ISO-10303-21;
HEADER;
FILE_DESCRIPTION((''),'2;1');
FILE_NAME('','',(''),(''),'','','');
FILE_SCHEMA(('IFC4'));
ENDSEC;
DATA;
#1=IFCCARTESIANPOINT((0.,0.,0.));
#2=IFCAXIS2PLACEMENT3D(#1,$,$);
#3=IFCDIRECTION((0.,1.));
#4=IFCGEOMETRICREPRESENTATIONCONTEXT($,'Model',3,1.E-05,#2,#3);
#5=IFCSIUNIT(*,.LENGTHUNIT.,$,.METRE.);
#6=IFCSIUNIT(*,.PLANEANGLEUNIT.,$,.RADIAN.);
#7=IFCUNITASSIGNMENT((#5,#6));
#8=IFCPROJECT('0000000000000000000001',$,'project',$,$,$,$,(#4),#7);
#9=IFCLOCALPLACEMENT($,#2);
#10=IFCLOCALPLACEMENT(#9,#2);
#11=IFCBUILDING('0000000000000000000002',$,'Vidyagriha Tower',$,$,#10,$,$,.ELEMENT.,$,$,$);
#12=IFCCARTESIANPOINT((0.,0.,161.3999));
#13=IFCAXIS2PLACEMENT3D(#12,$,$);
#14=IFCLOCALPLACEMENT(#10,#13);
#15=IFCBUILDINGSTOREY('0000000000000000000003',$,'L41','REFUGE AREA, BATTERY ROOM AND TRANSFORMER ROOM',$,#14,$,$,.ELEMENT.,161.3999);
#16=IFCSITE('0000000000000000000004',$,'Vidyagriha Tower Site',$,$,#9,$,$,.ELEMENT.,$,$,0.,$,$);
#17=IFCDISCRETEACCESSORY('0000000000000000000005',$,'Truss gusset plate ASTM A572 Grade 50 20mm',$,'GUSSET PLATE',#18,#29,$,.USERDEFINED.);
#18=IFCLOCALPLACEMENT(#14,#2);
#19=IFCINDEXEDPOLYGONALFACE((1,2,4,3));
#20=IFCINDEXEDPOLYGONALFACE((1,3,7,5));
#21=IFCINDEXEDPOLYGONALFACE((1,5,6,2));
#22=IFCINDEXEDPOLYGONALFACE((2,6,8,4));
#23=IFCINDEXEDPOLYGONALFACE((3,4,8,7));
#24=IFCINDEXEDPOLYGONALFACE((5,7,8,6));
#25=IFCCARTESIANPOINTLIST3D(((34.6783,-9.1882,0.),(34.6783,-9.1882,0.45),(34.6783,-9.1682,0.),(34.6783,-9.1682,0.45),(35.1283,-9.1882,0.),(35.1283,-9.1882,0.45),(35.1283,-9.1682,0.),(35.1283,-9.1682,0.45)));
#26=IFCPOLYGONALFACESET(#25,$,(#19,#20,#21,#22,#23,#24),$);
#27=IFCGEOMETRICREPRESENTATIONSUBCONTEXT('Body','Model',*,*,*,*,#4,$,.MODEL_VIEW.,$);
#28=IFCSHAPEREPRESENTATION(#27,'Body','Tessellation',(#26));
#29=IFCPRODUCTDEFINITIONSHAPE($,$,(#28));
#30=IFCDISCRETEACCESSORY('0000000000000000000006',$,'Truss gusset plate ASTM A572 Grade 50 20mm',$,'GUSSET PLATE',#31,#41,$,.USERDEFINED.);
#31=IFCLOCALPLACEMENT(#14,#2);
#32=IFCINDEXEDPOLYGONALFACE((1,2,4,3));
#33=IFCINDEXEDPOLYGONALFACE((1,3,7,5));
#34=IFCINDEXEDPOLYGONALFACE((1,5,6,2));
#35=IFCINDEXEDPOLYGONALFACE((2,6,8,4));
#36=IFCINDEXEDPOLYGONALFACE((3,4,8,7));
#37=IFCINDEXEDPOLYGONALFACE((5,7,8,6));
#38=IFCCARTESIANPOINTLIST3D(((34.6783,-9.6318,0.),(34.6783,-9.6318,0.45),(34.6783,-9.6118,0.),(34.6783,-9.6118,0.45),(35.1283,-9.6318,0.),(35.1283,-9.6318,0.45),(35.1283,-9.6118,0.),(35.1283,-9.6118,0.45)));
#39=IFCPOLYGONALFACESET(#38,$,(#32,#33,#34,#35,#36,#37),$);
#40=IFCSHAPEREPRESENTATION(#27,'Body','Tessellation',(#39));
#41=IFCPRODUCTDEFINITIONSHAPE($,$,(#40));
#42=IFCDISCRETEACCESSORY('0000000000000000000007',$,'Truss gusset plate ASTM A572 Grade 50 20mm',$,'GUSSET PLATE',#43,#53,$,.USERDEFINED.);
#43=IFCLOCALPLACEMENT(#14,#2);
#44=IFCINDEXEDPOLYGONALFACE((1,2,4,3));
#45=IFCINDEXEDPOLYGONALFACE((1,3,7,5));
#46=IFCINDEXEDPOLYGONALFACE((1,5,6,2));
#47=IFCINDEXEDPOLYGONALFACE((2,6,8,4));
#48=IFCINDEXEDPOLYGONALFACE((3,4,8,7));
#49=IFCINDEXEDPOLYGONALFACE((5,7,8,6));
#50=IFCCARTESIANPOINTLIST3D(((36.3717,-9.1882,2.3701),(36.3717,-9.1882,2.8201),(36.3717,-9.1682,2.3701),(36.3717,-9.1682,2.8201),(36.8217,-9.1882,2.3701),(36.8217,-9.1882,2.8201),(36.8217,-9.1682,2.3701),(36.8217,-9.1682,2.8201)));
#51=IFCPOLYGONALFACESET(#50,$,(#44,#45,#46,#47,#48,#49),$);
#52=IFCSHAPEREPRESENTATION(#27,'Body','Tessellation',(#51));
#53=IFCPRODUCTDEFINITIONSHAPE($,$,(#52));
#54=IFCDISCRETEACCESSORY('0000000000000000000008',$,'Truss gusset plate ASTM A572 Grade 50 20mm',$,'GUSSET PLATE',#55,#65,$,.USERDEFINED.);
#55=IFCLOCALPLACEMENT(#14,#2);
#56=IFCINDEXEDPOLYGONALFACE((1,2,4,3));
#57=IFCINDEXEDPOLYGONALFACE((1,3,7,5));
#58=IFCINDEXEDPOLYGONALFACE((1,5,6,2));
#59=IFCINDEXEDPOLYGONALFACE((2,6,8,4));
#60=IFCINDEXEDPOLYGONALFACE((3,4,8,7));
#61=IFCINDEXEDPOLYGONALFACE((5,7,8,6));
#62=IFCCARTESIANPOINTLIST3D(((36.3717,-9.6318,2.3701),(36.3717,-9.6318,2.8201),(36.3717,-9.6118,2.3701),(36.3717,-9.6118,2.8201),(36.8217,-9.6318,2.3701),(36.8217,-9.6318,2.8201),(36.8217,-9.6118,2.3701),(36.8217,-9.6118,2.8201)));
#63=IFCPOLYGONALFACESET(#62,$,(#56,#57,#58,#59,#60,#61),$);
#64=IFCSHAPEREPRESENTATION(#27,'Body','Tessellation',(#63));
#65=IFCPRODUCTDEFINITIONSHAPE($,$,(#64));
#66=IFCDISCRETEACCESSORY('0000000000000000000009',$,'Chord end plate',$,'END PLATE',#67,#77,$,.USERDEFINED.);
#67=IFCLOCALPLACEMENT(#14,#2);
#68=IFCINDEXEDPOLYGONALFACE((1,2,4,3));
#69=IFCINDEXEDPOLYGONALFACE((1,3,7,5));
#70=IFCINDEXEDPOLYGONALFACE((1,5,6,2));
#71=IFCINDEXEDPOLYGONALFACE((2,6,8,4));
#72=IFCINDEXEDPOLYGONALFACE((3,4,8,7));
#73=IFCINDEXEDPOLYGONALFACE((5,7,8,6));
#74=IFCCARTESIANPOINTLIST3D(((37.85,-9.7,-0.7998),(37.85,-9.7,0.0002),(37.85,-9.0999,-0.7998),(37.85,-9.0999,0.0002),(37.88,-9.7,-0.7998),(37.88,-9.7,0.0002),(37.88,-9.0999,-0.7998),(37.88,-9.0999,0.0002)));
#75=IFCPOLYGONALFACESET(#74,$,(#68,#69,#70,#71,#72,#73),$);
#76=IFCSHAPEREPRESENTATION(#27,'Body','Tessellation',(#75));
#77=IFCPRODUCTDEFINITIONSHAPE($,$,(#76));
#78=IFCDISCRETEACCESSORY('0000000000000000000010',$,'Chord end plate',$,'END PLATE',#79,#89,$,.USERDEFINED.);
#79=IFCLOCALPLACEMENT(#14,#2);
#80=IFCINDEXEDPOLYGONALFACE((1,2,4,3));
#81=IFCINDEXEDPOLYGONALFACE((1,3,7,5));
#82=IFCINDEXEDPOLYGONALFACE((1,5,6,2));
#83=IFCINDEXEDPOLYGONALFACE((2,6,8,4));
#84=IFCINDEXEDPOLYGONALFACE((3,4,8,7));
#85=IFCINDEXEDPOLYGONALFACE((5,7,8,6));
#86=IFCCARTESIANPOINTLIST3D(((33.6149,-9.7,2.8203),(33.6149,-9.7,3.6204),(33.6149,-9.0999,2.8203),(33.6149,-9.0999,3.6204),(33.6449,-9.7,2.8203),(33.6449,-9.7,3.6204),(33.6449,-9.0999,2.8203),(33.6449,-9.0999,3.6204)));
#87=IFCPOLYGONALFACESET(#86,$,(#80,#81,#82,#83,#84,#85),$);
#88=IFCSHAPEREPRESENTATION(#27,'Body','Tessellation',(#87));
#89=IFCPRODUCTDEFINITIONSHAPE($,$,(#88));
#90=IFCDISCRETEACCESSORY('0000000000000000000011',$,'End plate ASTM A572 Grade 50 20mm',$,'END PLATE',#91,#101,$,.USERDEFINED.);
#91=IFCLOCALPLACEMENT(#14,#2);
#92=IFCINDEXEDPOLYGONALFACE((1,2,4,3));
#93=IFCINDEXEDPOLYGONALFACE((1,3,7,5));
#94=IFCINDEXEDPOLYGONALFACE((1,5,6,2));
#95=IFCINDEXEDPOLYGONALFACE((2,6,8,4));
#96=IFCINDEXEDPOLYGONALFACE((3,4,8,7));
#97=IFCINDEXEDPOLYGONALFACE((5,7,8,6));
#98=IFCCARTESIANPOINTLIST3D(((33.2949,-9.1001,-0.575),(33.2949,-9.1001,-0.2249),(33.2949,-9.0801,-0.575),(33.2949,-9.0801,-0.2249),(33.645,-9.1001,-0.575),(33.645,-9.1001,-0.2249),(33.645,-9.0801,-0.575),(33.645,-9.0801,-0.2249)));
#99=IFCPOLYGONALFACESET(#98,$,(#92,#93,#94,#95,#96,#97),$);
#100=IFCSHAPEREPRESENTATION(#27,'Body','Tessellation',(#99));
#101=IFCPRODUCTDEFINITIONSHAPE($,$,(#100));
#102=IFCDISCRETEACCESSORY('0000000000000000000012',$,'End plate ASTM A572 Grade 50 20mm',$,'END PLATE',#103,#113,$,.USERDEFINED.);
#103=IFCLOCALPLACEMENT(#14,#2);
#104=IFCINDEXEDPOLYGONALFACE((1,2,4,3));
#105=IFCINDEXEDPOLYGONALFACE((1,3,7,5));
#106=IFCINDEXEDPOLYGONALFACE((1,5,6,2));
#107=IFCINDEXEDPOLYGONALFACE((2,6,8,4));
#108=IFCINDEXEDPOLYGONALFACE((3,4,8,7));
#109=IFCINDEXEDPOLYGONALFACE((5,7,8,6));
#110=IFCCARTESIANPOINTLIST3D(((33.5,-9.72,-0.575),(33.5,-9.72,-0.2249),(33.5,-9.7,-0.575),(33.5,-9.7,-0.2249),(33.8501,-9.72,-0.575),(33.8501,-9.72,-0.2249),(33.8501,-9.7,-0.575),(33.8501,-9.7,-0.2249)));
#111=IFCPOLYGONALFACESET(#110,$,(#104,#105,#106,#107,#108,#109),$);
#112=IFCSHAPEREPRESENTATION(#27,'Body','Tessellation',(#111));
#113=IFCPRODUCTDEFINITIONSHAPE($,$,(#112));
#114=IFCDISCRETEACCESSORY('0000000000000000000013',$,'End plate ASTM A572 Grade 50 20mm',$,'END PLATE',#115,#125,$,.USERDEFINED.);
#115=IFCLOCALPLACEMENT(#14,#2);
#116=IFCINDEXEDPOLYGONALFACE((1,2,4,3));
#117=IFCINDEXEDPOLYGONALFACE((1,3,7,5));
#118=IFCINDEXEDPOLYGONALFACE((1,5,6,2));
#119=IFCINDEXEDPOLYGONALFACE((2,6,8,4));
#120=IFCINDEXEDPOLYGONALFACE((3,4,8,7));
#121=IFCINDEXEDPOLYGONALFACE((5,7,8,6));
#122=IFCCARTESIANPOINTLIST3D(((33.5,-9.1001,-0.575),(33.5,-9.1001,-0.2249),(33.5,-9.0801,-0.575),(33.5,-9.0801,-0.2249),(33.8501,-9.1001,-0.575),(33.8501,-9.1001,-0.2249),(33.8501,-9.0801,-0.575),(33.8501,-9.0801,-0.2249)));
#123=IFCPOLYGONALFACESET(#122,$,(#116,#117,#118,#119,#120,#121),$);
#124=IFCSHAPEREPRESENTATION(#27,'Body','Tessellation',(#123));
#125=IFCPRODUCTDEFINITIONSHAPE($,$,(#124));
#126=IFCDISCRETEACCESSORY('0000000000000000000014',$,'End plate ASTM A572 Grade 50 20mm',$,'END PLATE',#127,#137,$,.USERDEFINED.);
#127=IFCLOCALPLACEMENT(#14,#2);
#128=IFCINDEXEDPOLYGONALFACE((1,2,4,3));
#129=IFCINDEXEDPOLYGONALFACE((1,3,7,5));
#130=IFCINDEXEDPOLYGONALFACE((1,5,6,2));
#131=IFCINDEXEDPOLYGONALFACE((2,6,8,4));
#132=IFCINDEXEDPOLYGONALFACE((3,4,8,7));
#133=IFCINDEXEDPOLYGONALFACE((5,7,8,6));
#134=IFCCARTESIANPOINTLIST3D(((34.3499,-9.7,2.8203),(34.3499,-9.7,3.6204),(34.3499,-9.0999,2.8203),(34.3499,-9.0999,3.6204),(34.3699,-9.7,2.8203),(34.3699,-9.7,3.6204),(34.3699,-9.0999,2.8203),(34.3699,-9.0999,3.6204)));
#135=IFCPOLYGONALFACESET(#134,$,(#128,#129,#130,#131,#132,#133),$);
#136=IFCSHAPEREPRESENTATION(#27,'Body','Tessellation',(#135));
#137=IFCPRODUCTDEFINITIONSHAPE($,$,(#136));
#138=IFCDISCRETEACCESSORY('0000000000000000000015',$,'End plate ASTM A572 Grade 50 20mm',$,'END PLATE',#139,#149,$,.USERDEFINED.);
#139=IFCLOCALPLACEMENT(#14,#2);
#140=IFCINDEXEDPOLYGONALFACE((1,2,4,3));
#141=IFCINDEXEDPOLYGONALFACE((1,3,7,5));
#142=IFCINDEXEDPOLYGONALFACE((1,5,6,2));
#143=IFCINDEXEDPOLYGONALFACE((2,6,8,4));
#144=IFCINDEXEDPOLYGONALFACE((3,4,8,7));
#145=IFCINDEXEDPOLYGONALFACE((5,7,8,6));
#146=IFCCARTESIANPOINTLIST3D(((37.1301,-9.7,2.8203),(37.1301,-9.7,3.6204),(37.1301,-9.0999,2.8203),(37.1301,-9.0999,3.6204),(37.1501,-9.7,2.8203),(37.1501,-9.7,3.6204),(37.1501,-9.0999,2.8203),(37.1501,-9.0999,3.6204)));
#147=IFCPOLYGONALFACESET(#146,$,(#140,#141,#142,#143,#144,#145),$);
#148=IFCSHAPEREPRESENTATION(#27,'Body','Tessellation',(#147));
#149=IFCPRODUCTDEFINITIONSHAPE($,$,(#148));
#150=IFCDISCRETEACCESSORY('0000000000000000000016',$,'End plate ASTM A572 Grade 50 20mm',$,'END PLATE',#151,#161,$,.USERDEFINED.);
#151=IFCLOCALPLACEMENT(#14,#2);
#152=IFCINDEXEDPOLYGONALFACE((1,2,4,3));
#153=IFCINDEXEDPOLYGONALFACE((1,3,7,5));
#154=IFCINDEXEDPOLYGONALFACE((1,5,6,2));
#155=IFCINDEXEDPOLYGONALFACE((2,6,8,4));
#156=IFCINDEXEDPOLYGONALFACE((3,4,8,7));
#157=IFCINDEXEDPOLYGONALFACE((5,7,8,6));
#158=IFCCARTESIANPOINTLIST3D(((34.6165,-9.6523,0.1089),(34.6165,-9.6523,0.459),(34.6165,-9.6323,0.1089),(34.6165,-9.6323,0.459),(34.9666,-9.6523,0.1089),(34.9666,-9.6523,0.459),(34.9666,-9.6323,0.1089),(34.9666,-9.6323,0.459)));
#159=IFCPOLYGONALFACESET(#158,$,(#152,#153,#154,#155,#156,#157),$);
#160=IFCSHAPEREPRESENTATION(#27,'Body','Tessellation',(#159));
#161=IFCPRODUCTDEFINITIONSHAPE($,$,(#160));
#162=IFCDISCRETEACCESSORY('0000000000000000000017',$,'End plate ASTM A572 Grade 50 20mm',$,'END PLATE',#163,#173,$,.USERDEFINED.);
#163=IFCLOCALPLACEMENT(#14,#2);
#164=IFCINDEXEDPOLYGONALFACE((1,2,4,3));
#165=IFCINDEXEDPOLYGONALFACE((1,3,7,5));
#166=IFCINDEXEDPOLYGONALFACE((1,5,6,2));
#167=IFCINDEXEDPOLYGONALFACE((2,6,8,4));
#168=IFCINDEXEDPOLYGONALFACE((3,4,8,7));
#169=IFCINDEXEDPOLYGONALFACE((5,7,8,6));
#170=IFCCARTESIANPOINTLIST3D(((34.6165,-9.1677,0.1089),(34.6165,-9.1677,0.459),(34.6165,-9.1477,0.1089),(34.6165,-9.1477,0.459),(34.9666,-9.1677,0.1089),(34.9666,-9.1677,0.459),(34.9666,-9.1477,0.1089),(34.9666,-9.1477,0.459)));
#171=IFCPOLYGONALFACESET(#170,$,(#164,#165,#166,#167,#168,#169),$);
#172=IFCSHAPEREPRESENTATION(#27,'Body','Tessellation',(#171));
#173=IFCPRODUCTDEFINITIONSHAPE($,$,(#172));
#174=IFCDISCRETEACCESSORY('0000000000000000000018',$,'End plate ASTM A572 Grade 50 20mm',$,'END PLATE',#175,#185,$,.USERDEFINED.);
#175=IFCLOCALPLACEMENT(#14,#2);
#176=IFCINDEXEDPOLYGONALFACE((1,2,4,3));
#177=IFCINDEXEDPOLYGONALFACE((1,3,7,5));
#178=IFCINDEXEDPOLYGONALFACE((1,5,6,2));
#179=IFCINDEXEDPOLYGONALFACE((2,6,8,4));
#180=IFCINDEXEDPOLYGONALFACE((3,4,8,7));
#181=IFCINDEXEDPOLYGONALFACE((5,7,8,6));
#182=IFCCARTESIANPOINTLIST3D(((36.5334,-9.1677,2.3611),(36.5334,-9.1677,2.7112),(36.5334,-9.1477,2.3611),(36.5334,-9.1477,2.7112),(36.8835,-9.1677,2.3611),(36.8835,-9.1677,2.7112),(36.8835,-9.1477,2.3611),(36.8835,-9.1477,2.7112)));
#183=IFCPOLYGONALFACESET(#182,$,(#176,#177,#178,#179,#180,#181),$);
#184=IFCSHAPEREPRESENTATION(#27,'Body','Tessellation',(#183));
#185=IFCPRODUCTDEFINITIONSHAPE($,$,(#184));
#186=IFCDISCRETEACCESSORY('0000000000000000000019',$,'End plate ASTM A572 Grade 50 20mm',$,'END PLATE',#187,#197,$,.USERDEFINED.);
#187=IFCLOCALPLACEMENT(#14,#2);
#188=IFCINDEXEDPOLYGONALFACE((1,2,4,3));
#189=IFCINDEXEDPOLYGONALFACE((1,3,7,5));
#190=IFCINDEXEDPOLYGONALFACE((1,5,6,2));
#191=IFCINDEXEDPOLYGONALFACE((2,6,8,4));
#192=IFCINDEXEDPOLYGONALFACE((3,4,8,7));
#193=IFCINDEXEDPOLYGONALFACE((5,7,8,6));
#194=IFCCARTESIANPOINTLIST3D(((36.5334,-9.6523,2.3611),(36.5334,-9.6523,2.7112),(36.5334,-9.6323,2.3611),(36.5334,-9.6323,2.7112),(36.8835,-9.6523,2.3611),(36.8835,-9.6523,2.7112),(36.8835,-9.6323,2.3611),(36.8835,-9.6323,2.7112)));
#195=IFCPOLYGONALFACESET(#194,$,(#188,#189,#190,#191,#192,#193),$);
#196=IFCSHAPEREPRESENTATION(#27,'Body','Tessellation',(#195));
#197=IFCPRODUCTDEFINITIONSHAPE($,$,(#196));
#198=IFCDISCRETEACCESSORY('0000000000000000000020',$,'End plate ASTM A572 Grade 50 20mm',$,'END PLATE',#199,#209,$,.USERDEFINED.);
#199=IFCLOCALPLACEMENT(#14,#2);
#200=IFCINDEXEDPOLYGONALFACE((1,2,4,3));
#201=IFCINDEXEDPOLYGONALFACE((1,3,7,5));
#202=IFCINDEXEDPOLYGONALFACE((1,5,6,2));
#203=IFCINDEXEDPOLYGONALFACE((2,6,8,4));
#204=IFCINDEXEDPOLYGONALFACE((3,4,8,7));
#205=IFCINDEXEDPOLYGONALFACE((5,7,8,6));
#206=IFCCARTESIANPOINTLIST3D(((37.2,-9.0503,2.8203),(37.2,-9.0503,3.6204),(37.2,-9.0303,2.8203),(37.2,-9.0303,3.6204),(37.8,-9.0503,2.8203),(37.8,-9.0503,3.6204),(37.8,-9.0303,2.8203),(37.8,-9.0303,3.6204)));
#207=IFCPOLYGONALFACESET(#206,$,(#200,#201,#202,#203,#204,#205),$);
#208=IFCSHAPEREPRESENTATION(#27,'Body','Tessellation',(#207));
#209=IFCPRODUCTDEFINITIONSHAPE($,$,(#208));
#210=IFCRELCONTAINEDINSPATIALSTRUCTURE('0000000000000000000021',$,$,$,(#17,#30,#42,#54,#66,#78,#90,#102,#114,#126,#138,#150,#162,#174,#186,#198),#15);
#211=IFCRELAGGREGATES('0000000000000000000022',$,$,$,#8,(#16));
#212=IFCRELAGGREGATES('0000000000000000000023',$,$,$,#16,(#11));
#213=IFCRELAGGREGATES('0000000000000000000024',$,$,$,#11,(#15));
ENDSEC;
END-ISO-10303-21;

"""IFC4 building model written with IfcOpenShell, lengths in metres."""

from ifc_helpers import new_model, si_unit, direction, frame, origin, origin_2d, place, context, subcontext, project, spatial, rectangle, extrude, element, save


model = new_model("IFC4")

# Units and contexts
model_context = context("Model", 3, precision=1e-05, world=origin(), true_north=direction((0.0, 1.0)))
body_context = subcontext(model_context, "Body", "Model", "MODEL_VIEW")
ifc_project = project(units=[si_unit("LENGTHUNIT", "METRE"), si_unit("PLANEANGLEUNIT", "RADIAN")], contexts=[model_context])

# Site, building, storey
site_placement = place(None, origin())
site = spatial("IfcSite", under=ifc_project, at=site_placement, Name="Vidyagriha Tower Site", CompositionType="ELEMENT", RefElevation=0.0)
building_placement = place(site_placement, origin())
building = spatial("IfcBuilding", under=site, at=building_placement, Name="Vidyagriha Tower", CompositionType="ELEMENT")
storey_placement = place(building_placement, frame((0.0, 0.0, 161.3999)))
storey = spatial("IfcBuildingStorey", under=building, at=storey_placement, Name="L41", Description="REFUGE AREA, BATTERY ROOM AND TRANSFORMER ROOM", CompositionType="ELEMENT", Elevation=161.3999)

# Discrete accessories
for number, where, name in (
    (1, (34.9033, -9.1782, 0.0), "Truss gusset plate ASTM A572 Grade 50 20mm"),
    (2, (34.9033, -9.6218, 0.0), "Truss gusset plate ASTM A572 Grade 50 20mm"),
    (3, (36.5967, -9.1782, 2.3701), "Truss gusset plate ASTM A572 Grade 50 20mm"),
    (4, (36.5967, -9.6218, 2.3701), "Truss gusset plate ASTM A572 Grade 50 20mm"),
):
    element("IfcDiscreteAccessory", number, at=place(storey_placement, frame(where)), inside=storey, Name=name, ObjectType="GUSSET PLATE", PredefinedType="USERDEFINED", context=body_context, shape_type="SweptSolid", body=[
        extrude(rectangle(XDim=0.45, YDim=0.02, at=origin_2d()), origin(), (0.0, 0.0, 1.0), 0.45),
    ])
for number, where, name in (
    (5, (37.865, -9.3999, -0.7998), "Chord end plate"),
    (6, (33.6299, -9.3999, 2.8203), "Chord end plate"),
):
    element("IfcDiscreteAccessory", number, at=place(storey_placement, frame(where)), inside=storey, Name=name, ObjectType="END PLATE", PredefinedType="USERDEFINED", context=body_context, shape_type="SweptSolid", body=[
        extrude(rectangle(XDim=0.03, YDim=0.6001, at=origin_2d()), origin(), (0.0, 0.0, 1.0), 0.8),
    ])
discrete_accessory_1_placement = place(storey_placement, frame((33.47, -9.0901, -0.575)))
element("IfcDiscreteAccessory", 7, at=discrete_accessory_1_placement, inside=storey, Name="End plate ASTM A572 Grade 50 20mm", ObjectType="END PLATE", PredefinedType="USERDEFINED", context=body_context, shape_type="SweptSolid", body=[
    extrude(rectangle(XDim=0.3501, YDim=0.02, at=origin_2d()), origin(), (0.0, 0.0, 1.0), 0.3501),
])
for number, where, z_axis, x_axis, name in (
    (8, (33.675, -9.71, -0.575), (0.0, 0.0, 1.0), (-1.0, 0.0, 0.0), "End plate ASTM A572 Grade 50 20mm"),
    (9, (33.675, -9.0901, -0.575), (0.0, 0.0, 1.0), (-1.0, 0.0, 0.0), "End plate ASTM A572 Grade 50 20mm"),
):
    element("IfcDiscreteAccessory", number, at=place(storey_placement, frame(where, z_axis=z_axis, x_axis=x_axis)), inside=storey, Name=name, ObjectType="END PLATE", PredefinedType="USERDEFINED", context=body_context, shape_type="SweptSolid", body=[
        extrude(rectangle(XDim=0.3501, YDim=0.02, at=origin_2d()), origin(), (0.0, 0.0, 1.0), 0.3501),
    ])
discrete_accessory_2_placement = place(storey_placement, frame((34.3599, -9.3999, 2.8203), z_axis=(0.0, 0.0, 1.0), x_axis=(-1.0, 0.0, 0.0)))
element("IfcDiscreteAccessory", 10, at=discrete_accessory_2_placement, inside=storey, Name="End plate ASTM A572 Grade 50 20mm", ObjectType="END PLATE", PredefinedType="USERDEFINED", context=body_context, shape_type="SweptSolid", body=[
    extrude(rectangle(XDim=0.02, YDim=0.6001, at=origin_2d()), origin(), (0.0, 0.0, 1.0), 0.8),
])
discrete_accessory_3_placement = place(storey_placement, frame((37.1401, -9.3999, 2.8203)))
element("IfcDiscreteAccessory", 11, at=discrete_accessory_3_placement, inside=storey, Name="End plate ASTM A572 Grade 50 20mm", ObjectType="END PLATE", PredefinedType="USERDEFINED", context=body_context, shape_type="SweptSolid", body=[
    extrude(rectangle(XDim=0.02, YDim=0.6001, at=origin_2d()), origin(), (0.0, 0.0, 1.0), 0.8),
])
for number, where, z_axis, x_axis, name in (
    (12, (34.7915, -9.6423, 0.1089), (0.0, 0.0, 1.0), (-1.0, 0.0, 0.0), "End plate ASTM A572 Grade 50 20mm"),
    (13, (34.7915, -9.1577, 0.1089), (0.0, 0.0, 1.0), (-1.0, 0.0, 0.0), "End plate ASTM A572 Grade 50 20mm"),
):
    element("IfcDiscreteAccessory", number, at=place(storey_placement, frame(where, z_axis=z_axis, x_axis=x_axis)), inside=storey, Name=name, ObjectType="END PLATE", PredefinedType="USERDEFINED", context=body_context, shape_type="SweptSolid", body=[
        extrude(rectangle(XDim=0.3501, YDim=0.02, at=origin_2d()), origin(), (0.0, 0.0, 1.0), 0.3501),
    ])
for number, where, name in (
    (14, (36.7085, -9.1577, 2.3611), "End plate ASTM A572 Grade 50 20mm"),
    (15, (36.7085, -9.6423, 2.3611), "End plate ASTM A572 Grade 50 20mm"),
):
    element("IfcDiscreteAccessory", number, at=place(storey_placement, frame(where)), inside=storey, Name=name, ObjectType="END PLATE", PredefinedType="USERDEFINED", context=body_context, shape_type="SweptSolid", body=[
        extrude(rectangle(XDim=0.3501, YDim=0.02, at=origin_2d()), origin(), (0.0, 0.0, 1.0), 0.3501),
    ])
discrete_accessory_4_placement = place(storey_placement, frame((37.5, -9.0403, 2.8203), z_axis=(0.0, 0.0, 1.0), x_axis=(0.0, -1.0, 0.0)))
element("IfcDiscreteAccessory", 16, at=discrete_accessory_4_placement, inside=storey, Name="End plate ASTM A572 Grade 50 20mm", ObjectType="END PLATE", PredefinedType="USERDEFINED", context=body_context, shape_type="SweptSolid", body=[
    extrude(rectangle(XDim=0.02, YDim=0.6001, at=origin_2d()), origin(), (0.0, 0.0, 1.0), 0.8),
])

save(model, "model.ifc")
